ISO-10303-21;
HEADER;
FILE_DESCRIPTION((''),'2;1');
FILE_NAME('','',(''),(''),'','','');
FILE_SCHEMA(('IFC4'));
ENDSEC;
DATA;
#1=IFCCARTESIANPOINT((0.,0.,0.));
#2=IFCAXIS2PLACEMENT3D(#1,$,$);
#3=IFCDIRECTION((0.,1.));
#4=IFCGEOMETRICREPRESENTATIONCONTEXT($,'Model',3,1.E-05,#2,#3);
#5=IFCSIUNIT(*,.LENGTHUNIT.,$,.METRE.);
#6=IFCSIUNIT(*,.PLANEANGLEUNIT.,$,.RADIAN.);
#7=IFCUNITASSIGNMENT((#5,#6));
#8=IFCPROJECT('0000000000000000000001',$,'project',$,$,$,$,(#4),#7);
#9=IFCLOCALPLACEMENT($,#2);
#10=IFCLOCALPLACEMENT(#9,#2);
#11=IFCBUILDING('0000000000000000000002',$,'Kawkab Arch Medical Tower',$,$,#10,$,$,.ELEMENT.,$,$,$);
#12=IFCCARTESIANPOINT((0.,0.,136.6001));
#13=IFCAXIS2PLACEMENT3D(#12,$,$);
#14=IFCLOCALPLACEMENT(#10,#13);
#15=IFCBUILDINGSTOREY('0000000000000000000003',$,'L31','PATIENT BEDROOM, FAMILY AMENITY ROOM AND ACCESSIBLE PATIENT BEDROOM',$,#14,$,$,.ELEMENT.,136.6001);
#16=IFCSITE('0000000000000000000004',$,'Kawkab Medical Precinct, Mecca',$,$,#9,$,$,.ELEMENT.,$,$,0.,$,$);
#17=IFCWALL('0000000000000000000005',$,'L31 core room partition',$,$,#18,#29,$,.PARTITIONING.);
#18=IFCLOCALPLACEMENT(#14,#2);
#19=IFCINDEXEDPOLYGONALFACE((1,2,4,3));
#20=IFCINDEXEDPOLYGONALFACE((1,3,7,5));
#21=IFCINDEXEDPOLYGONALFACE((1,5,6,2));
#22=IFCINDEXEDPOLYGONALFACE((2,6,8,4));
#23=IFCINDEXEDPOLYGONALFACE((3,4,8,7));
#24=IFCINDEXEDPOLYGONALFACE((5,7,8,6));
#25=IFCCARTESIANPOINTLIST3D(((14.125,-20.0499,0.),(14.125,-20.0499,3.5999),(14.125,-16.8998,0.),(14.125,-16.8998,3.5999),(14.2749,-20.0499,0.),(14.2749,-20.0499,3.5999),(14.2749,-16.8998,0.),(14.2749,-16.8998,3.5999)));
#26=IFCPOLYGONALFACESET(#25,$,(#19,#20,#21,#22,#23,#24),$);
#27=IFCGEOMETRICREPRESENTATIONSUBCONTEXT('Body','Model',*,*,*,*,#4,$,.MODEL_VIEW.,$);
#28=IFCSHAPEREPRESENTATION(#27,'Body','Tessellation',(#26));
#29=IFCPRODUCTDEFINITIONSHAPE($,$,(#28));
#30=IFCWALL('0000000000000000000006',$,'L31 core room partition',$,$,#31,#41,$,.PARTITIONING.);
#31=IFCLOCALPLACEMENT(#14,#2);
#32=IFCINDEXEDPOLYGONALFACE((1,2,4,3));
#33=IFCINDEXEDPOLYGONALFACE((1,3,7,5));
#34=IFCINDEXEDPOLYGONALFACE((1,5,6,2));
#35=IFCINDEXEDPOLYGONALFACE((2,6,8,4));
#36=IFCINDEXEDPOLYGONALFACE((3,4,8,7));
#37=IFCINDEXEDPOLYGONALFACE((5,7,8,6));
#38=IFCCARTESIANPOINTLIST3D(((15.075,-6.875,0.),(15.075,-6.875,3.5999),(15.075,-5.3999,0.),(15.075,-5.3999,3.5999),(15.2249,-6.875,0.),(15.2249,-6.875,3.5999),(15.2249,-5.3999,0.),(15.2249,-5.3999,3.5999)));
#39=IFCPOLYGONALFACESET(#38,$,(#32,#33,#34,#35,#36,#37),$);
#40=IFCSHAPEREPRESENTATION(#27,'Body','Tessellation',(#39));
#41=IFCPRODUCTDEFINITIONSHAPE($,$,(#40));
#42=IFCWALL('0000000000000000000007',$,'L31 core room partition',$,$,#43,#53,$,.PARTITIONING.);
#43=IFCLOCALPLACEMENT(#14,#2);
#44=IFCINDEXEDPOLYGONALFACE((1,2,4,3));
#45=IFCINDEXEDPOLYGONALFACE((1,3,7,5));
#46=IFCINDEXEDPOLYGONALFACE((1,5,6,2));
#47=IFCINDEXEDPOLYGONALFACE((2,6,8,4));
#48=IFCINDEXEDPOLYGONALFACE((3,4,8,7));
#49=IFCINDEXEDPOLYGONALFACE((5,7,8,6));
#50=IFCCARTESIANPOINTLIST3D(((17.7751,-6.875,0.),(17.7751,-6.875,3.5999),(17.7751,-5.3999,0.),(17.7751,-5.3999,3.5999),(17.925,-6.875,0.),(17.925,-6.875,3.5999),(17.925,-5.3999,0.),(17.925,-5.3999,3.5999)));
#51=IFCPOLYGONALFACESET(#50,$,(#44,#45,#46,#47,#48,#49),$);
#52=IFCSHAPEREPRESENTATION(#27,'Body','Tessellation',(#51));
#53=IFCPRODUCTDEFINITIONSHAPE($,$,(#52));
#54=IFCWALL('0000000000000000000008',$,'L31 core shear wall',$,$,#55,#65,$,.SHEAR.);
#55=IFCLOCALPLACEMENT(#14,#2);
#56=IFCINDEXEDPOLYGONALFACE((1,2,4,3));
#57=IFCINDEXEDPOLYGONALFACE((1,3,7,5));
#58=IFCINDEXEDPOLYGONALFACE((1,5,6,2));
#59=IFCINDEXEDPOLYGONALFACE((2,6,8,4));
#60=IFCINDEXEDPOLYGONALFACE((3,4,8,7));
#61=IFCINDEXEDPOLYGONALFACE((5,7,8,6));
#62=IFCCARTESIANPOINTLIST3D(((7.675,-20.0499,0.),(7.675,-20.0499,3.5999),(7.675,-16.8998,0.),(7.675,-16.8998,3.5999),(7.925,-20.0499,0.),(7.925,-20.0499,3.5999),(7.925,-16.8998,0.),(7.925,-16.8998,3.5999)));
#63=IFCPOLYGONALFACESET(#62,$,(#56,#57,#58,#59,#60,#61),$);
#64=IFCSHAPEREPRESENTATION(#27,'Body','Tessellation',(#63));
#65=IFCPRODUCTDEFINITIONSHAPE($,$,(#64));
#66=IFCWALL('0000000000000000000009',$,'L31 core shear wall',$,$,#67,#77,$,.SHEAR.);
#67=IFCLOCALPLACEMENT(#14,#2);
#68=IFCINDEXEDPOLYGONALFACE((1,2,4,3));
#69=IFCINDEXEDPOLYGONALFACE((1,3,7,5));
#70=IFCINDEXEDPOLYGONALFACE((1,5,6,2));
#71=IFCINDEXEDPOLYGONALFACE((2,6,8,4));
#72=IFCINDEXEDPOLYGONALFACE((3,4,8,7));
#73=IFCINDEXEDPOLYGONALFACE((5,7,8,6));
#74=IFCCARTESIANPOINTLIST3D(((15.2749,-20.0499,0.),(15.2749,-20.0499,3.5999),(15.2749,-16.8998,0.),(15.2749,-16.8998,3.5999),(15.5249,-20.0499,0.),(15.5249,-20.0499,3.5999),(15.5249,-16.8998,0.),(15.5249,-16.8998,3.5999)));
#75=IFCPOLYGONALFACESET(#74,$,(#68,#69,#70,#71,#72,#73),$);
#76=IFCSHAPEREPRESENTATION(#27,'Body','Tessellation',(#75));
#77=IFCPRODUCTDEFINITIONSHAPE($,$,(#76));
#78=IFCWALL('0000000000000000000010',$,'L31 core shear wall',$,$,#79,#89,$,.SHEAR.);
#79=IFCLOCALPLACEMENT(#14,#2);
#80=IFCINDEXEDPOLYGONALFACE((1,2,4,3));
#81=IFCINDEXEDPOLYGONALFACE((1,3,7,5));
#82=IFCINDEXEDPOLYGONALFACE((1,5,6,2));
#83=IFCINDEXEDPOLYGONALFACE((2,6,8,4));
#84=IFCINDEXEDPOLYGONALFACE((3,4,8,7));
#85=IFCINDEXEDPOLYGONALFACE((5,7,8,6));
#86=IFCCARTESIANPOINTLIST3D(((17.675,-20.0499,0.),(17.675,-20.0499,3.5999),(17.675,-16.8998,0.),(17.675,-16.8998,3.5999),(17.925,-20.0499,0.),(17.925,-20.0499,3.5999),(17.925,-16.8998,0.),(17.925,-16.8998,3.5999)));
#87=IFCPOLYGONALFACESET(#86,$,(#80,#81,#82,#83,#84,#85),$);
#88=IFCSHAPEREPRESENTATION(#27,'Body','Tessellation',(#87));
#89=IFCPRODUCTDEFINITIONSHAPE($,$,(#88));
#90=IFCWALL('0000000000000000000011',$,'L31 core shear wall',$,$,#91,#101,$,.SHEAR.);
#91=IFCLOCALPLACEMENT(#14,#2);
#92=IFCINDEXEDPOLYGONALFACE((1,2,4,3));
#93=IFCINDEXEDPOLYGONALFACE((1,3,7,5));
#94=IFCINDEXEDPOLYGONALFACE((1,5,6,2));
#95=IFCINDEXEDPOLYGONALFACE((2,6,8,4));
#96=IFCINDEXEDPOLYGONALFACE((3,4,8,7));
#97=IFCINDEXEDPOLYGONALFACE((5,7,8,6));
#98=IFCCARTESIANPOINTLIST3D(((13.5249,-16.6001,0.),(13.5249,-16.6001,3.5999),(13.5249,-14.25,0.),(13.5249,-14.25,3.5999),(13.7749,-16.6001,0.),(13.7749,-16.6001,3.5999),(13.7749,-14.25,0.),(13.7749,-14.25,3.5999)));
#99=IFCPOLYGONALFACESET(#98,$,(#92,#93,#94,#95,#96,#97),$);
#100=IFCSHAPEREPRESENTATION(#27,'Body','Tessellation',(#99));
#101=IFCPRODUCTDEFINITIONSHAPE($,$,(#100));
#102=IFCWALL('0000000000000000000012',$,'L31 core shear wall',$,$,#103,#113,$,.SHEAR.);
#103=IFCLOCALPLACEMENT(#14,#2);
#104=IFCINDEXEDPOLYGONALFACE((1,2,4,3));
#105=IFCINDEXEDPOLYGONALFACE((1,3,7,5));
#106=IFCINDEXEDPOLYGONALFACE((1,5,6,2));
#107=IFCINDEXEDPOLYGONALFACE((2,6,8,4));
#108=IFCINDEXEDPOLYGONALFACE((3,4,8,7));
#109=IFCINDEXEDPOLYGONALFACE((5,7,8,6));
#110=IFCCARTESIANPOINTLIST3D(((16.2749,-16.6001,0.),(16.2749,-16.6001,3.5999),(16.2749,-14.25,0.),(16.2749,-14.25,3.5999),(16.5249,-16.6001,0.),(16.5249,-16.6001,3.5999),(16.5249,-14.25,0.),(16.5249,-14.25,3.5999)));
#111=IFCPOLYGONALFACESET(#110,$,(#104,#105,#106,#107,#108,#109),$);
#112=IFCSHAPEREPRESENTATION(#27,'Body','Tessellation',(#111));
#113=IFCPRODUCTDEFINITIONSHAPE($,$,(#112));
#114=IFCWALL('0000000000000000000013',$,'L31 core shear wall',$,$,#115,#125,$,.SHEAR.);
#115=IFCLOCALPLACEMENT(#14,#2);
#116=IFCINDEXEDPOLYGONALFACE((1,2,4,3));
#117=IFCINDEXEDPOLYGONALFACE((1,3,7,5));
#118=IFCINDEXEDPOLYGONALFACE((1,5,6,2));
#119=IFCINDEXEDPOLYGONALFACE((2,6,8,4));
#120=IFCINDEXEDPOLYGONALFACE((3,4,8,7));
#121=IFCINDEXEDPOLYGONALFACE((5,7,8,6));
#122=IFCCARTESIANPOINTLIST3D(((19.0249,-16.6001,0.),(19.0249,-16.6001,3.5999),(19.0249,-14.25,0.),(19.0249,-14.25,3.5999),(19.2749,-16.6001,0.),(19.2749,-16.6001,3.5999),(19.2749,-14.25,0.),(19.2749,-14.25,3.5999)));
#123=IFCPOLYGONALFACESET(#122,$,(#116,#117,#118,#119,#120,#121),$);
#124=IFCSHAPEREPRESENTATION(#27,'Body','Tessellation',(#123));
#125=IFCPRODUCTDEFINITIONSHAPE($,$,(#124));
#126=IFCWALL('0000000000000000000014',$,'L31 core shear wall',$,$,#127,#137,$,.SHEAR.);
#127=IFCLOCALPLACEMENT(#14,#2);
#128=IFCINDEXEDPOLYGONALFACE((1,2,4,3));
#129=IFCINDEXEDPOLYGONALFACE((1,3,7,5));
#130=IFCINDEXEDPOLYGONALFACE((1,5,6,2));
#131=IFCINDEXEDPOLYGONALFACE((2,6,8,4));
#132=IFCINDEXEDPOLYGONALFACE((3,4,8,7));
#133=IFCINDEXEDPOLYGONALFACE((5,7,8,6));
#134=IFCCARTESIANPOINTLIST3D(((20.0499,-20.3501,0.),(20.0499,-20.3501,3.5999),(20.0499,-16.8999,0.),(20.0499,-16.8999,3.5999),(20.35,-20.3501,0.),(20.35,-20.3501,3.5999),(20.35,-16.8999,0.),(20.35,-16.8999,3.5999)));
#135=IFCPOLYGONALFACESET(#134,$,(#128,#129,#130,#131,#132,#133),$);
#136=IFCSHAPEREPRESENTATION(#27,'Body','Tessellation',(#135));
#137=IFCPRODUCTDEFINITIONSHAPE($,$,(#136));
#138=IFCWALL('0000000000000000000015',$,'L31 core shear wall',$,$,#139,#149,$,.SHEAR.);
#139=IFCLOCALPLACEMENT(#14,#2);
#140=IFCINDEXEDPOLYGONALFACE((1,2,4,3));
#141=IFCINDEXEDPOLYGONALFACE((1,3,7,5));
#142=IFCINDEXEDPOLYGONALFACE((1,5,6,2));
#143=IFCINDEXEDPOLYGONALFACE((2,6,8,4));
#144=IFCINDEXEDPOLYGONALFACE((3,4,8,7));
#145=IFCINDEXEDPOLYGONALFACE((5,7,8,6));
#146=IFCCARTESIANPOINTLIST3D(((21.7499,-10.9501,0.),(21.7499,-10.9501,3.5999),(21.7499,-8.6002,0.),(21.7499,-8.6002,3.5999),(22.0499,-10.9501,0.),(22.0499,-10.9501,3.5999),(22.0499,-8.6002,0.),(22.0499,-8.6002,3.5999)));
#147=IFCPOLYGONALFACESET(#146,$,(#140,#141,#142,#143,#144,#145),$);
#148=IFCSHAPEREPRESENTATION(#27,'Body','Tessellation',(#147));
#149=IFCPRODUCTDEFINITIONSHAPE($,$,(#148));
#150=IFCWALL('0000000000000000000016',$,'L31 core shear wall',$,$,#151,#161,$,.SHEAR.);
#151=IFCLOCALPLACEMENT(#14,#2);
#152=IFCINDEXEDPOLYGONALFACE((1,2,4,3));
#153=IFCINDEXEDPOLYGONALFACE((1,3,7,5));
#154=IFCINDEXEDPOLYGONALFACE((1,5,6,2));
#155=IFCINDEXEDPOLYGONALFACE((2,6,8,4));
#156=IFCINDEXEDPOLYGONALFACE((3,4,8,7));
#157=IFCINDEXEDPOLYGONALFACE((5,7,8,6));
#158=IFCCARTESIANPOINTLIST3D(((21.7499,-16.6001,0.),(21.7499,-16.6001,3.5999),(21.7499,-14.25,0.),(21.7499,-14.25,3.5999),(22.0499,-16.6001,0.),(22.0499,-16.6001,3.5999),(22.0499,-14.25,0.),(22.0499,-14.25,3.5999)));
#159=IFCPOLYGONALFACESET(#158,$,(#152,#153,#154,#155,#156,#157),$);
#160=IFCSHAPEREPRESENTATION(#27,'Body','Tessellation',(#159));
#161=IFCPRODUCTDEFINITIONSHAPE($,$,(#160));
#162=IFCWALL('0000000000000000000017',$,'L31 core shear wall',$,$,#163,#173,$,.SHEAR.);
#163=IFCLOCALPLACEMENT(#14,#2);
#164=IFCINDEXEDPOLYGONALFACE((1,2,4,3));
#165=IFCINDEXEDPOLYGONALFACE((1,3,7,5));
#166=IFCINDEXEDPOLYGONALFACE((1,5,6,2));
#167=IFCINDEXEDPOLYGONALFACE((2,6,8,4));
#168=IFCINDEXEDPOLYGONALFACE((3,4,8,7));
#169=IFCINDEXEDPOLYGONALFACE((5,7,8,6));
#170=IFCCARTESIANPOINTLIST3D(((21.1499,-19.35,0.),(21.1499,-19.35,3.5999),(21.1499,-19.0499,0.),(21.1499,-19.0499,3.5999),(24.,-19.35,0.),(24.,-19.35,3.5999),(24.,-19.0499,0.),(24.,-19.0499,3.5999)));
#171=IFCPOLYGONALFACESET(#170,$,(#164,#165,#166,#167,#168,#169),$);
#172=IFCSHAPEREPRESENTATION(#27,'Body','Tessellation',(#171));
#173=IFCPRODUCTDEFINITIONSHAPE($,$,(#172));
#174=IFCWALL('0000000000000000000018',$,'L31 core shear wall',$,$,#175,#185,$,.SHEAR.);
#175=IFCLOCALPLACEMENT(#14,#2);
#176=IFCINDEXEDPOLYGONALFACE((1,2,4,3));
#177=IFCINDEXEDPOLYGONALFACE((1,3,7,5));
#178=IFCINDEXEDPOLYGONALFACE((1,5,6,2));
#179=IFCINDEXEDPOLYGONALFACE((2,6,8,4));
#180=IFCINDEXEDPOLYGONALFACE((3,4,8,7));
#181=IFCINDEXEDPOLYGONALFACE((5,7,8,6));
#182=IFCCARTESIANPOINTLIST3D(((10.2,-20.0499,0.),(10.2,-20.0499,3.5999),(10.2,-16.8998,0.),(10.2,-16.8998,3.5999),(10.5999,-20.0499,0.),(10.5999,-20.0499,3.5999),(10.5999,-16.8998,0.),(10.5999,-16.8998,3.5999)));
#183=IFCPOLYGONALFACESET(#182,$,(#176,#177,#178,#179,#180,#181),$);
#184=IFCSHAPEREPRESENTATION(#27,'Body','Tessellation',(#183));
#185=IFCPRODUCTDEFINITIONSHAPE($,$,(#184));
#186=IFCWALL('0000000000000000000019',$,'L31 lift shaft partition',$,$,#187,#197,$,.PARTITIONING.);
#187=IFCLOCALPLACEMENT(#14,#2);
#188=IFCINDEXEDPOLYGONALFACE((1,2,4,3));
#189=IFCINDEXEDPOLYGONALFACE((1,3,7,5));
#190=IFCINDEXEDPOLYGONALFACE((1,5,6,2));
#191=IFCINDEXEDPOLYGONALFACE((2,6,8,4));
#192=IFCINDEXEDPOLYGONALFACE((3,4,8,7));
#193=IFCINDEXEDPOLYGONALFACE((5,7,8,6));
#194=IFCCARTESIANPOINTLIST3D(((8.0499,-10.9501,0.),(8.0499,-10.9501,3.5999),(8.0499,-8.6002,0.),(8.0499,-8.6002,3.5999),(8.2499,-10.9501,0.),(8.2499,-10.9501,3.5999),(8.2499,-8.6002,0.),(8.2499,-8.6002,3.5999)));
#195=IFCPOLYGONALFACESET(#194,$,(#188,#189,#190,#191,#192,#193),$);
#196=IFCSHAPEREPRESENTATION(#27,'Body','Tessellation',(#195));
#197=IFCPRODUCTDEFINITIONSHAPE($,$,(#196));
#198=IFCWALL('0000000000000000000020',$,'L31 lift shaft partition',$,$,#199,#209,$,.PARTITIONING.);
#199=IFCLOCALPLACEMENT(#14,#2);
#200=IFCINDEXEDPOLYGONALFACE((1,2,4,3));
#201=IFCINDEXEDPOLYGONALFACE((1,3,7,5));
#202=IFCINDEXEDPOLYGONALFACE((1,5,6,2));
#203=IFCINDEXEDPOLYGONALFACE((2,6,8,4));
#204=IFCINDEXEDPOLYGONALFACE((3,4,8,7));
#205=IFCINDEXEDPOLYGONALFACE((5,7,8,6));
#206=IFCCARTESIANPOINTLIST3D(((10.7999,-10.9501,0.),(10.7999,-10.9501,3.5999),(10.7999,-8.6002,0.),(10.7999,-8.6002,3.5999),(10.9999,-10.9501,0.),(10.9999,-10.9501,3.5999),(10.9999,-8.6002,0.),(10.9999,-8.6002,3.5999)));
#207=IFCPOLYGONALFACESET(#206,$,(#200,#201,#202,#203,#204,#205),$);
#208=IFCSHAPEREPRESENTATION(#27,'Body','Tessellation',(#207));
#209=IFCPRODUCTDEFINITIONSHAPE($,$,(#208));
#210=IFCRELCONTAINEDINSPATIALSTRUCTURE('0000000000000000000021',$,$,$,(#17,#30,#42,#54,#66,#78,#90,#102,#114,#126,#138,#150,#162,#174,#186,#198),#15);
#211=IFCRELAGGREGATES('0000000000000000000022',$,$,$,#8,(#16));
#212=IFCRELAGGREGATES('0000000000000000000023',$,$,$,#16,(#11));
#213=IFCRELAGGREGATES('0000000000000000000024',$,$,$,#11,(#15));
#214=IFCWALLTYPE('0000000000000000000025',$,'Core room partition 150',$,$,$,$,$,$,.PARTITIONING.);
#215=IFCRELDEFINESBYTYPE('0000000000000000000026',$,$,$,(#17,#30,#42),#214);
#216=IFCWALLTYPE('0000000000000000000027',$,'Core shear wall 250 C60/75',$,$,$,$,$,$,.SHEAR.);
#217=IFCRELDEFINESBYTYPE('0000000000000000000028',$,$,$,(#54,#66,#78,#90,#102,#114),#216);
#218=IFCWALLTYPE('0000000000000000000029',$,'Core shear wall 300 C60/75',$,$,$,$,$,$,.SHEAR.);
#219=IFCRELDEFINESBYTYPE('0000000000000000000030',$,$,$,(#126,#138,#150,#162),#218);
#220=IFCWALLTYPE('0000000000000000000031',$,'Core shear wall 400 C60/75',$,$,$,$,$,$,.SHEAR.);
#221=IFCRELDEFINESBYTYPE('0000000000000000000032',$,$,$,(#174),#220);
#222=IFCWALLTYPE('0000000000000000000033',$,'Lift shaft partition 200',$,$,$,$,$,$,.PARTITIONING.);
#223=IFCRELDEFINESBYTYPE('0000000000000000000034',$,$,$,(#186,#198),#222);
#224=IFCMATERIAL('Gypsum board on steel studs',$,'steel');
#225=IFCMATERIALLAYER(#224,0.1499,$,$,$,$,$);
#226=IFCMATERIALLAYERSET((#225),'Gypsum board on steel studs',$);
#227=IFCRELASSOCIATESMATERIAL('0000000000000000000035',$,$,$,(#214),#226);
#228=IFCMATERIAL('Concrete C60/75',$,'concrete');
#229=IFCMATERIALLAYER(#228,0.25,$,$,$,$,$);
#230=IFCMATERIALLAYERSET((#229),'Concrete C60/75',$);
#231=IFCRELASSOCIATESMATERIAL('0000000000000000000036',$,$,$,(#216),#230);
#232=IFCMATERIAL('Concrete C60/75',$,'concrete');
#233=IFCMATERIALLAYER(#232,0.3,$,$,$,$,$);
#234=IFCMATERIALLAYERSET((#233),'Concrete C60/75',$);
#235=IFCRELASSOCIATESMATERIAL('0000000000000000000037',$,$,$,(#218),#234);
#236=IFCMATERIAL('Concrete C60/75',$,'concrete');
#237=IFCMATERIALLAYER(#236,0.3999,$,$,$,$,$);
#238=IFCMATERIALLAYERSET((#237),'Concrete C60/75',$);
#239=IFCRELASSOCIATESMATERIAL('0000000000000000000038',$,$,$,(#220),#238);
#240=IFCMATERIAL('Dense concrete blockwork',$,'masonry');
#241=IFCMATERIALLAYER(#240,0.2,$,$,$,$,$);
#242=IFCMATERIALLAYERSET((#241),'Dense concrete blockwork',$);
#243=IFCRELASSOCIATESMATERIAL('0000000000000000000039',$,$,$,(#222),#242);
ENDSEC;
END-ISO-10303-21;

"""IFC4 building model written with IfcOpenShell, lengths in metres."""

from ifc_helpers import new_model, si_unit, direction, frame, frame_2d, origin, place, context, subcontext, project, spatial, rectangle, extrude, material, layer, layer_set, type_object, element, save


model = new_model("IFC4")

# Units and contexts
model_context = context("Model", 3, precision=1e-05, world=origin(), true_north=direction((0.0, 1.0)))
body_context = subcontext(model_context, "Body", "Model", "MODEL_VIEW")
ifc_project = project(units=[si_unit("LENGTHUNIT", "METRE"), si_unit("PLANEANGLEUNIT", "RADIAN")], contexts=[model_context])

# Site, building, storey
site_placement = place(None, origin())
site = spatial("IfcSite", under=ifc_project, at=site_placement, Name="Kawkab Medical Precinct, Mecca", CompositionType="ELEMENT", RefElevation=0.0)
building_placement = place(site_placement, origin())
building = spatial("IfcBuilding", under=site, at=building_placement, Name="Kawkab Arch Medical Tower", CompositionType="ELEMENT")
storey_placement = place(building_placement, frame((0.0, 0.0, 136.6001)))
storey = spatial("IfcBuildingStorey", under=building, at=storey_placement, Name="L31", Description="PATIENT BEDROOM, FAMILY AMENITY ROOM AND ACCESSIBLE PATIENT BEDROOM", CompositionType="ELEMENT", Elevation=136.6001)

# Shared definitions
ifc_material_1 = material(Name="Gypsum board on steel studs", Category="steel")
ifc_layer_1 = layer(ifc_material_1, 0.1499)
ifc_layer_set_1 = layer_set([ifc_layer_1], Name="Gypsum board on steel studs")
wall_type_1 = type_object("IfcWallType", Name="Core room partition 150", PredefinedType="PARTITIONING", material=ifc_layer_set_1)

# Walls
wall_1_placement = place(storey_placement, frame((14.2, -20.05, 0.0), z_axis=(0.0, 0.0, 1.0), x_axis=(0.0, 1.0, 0.0)))
element("IfcWall", 1, at=wall_1_placement, inside=storey, type_object=wall_type_1, Name="L31 core room partition", PredefinedType="PARTITIONING", context=body_context, shape_type="SweptSolid", body=[
    extrude(rectangle(XDim=3.1501, YDim=0.1499, at=frame_2d((1.5752, 0.0))), origin(), (0.0, 0.0, 1.0), 3.5999),
])
for number, where, z_axis, x_axis, name in (
    (2, (15.1499, -6.875, 0.0), (0.0, 0.0, 1.0), (0.0, 1.0, 0.0), "L31 core room partition"),
    (3, (17.8501, -6.875, 0.0), (0.0, 0.0, 1.0), (0.0, 1.0, 0.0), "L31 core room partition"),
):
    element("IfcWall", number, at=place(storey_placement, frame(where, z_axis=z_axis, x_axis=x_axis)), inside=storey, type_object=wall_type_1, Name=name, PredefinedType="PARTITIONING", context=body_context, shape_type="SweptSolid", body=[
        extrude(rectangle(XDim=1.4751, YDim=0.1499, at=frame_2d((0.7375, 0.0))), origin(), (0.0, 0.0, 1.0), 3.5999),
    ])
ifc_material_2 = material(Name="Concrete C60/75", Category="concrete")
ifc_layer_2 = layer(ifc_material_2, 0.25)
ifc_layer_set_2 = layer_set([ifc_layer_2], Name="Concrete C60/75")
wall_type_2 = type_object("IfcWallType", Name="Core shear wall 250 C60/75", PredefinedType="SHEAR", material=ifc_layer_set_2)
for number, where, z_axis, x_axis, name in (
    (4, (7.8, -20.05, 0.0), (0.0, 0.0, 1.0), (0.0, 1.0, 0.0), "L31 core shear wall"),
    (5, (15.3999, -20.05, 0.0), (0.0, 0.0, 1.0), (0.0, 1.0, 0.0), "L31 core shear wall"),
    (6, (17.8, -20.05, 0.0), (0.0, 0.0, 1.0), (0.0, 1.0, 0.0), "L31 core shear wall"),
):
    element("IfcWall", number, at=place(storey_placement, frame(where, z_axis=z_axis, x_axis=x_axis)), inside=storey, type_object=wall_type_2, Name=name, PredefinedType="SHEAR", context=body_context, shape_type="SweptSolid", body=[
        extrude(rectangle(XDim=3.1501, YDim=0.25, at=frame_2d((1.5752, 0.0))), origin(), (0.0, 0.0, 1.0), 3.5999),
    ])
for number, where, z_axis, x_axis, name in (
    (7, (13.6499, -16.6001, 0.0), (0.0, 0.0, 1.0), (0.0, 1.0, 0.0), "L31 core shear wall"),
    (8, (16.3999, -16.6001, 0.0), (0.0, 0.0, 1.0), (0.0, 1.0, 0.0), "L31 core shear wall"),
    (9, (19.1499, -16.6001, 0.0), (0.0, 0.0, 1.0), (0.0, 1.0, 0.0), "L31 core shear wall"),
):
    element("IfcWall", number, at=place(storey_placement, frame(where, z_axis=z_axis, x_axis=x_axis)), inside=storey, type_object=wall_type_2, Name=name, PredefinedType="SHEAR", context=body_context, shape_type="SweptSolid", body=[
        extrude(rectangle(XDim=2.3501, YDim=0.25, at=frame_2d((1.175, 0.0))), origin(), (0.0, 0.0, 1.0), 3.5999),
    ])
ifc_material_3 = material(Name="Concrete C60/75", Category="concrete")
ifc_layer_3 = layer(ifc_material_3, 0.3)
ifc_layer_set_3 = layer_set([ifc_layer_3], Name="Concrete C60/75")
wall_type_3 = type_object("IfcWallType", Name="Core shear wall 300 C60/75", PredefinedType="SHEAR", material=ifc_layer_set_3)
wall_2_placement = place(storey_placement, frame((20.2, -20.3501, 0.0), z_axis=(0.0, 0.0, 1.0), x_axis=(0.0, 1.0, 0.0)))
element("IfcWall", 10, at=wall_2_placement, inside=storey, type_object=wall_type_3, Name="L31 core shear wall", PredefinedType="SHEAR", context=body_context, shape_type="SweptSolid", body=[
    extrude(rectangle(XDim=3.4502, YDim=0.3, at=frame_2d((1.7251, 0.0))), origin(), (0.0, 0.0, 1.0), 3.5999),
])
wall_3_placement = place(storey_placement, frame((21.8999, -10.95, 0.0), z_axis=(0.0, 0.0, 1.0), x_axis=(0.0, 1.0, 0.0)))
element("IfcWall", 11, at=wall_3_placement, inside=storey, type_object=wall_type_3, Name="L31 core shear wall", PredefinedType="SHEAR", context=body_context, shape_type="SweptSolid", body=[
    extrude(rectangle(XDim=2.3499, YDim=0.3, at=frame_2d((1.1748, 0.0))), origin(), (0.0, 0.0, 1.0), 3.5999),
])
wall_4_placement = place(storey_placement, frame((21.8999, -16.6001, 0.0), z_axis=(0.0, 0.0, 1.0), x_axis=(0.0, 1.0, 0.0)))
element("IfcWall", 12, at=wall_4_placement, inside=storey, type_object=wall_type_3, Name="L31 core shear wall", PredefinedType="SHEAR", context=body_context, shape_type="SweptSolid", body=[
    extrude(rectangle(XDim=2.3501, YDim=0.3, at=frame_2d((1.175, 0.0))), origin(), (0.0, 0.0, 1.0), 3.5999),
])
wall_5_placement = place(storey_placement, frame((21.1499, -19.2, 0.0), z_axis=(0.0, 0.0, 1.0), x_axis=(1.0, 0.0, 0.0)))
element("IfcWall", 13, at=wall_5_placement, inside=storey, type_object=wall_type_3, Name="L31 core shear wall", PredefinedType="SHEAR", context=body_context, shape_type="SweptSolid", body=[
    extrude(rectangle(XDim=2.8501, YDim=0.3, at=frame_2d((1.425, 0.0))), origin(), (0.0, 0.0, 1.0), 3.5999),
])
ifc_material_4 = material(Name="Concrete C60/75", Category="concrete")
ifc_layer_4 = layer(ifc_material_4, 0.3999)
ifc_layer_set_4 = layer_set([ifc_layer_4], Name="Concrete C60/75")
wall_type_4 = type_object("IfcWallType", Name="Core shear wall 400 C60/75", PredefinedType="SHEAR", material=ifc_layer_set_4)
wall_6_placement = place(storey_placement, frame((10.3999, -20.05, 0.0), z_axis=(0.0, 0.0, 1.0), x_axis=(0.0, 1.0, 0.0)))
element("IfcWall", 14, at=wall_6_placement, inside=storey, type_object=wall_type_4, Name="L31 core shear wall", PredefinedType="SHEAR", context=body_context, shape_type="SweptSolid", body=[
    extrude(rectangle(XDim=3.1501, YDim=0.3999, at=frame_2d((1.5752, 0.0))), origin(), (0.0, 0.0, 1.0), 3.5999),
])
ifc_material_5 = material(Name="Dense concrete blockwork", Category="masonry")
ifc_layer_5 = layer(ifc_material_5, 0.2)
ifc_layer_set_5 = layer_set([ifc_layer_5], Name="Dense concrete blockwork")
wall_type_5 = type_object("IfcWallType", Name="Lift shaft partition 200", PredefinedType="PARTITIONING", material=ifc_layer_set_5)
for number, where, z_axis, x_axis, name in (
    (15, (8.1499, -10.95, 0.0), (0.0, 0.0, 1.0), (0.0, 1.0, 0.0), "L31 lift shaft partition"),
    (16, (10.8999, -10.95, 0.0), (0.0, 0.0, 1.0), (0.0, 1.0, 0.0), "L31 lift shaft partition"),
):
    element("IfcWall", number, at=place(storey_placement, frame(where, z_axis=z_axis, x_axis=x_axis)), inside=storey, type_object=wall_type_5, Name=name, PredefinedType="PARTITIONING", context=body_context, shape_type="SweptSolid", body=[
        extrude(rectangle(XDim=2.3499, YDim=0.2, at=frame_2d((1.1748, 0.0))), origin(), (0.0, 0.0, 1.0), 3.5999),
    ])

save(model, "model.ifc")
